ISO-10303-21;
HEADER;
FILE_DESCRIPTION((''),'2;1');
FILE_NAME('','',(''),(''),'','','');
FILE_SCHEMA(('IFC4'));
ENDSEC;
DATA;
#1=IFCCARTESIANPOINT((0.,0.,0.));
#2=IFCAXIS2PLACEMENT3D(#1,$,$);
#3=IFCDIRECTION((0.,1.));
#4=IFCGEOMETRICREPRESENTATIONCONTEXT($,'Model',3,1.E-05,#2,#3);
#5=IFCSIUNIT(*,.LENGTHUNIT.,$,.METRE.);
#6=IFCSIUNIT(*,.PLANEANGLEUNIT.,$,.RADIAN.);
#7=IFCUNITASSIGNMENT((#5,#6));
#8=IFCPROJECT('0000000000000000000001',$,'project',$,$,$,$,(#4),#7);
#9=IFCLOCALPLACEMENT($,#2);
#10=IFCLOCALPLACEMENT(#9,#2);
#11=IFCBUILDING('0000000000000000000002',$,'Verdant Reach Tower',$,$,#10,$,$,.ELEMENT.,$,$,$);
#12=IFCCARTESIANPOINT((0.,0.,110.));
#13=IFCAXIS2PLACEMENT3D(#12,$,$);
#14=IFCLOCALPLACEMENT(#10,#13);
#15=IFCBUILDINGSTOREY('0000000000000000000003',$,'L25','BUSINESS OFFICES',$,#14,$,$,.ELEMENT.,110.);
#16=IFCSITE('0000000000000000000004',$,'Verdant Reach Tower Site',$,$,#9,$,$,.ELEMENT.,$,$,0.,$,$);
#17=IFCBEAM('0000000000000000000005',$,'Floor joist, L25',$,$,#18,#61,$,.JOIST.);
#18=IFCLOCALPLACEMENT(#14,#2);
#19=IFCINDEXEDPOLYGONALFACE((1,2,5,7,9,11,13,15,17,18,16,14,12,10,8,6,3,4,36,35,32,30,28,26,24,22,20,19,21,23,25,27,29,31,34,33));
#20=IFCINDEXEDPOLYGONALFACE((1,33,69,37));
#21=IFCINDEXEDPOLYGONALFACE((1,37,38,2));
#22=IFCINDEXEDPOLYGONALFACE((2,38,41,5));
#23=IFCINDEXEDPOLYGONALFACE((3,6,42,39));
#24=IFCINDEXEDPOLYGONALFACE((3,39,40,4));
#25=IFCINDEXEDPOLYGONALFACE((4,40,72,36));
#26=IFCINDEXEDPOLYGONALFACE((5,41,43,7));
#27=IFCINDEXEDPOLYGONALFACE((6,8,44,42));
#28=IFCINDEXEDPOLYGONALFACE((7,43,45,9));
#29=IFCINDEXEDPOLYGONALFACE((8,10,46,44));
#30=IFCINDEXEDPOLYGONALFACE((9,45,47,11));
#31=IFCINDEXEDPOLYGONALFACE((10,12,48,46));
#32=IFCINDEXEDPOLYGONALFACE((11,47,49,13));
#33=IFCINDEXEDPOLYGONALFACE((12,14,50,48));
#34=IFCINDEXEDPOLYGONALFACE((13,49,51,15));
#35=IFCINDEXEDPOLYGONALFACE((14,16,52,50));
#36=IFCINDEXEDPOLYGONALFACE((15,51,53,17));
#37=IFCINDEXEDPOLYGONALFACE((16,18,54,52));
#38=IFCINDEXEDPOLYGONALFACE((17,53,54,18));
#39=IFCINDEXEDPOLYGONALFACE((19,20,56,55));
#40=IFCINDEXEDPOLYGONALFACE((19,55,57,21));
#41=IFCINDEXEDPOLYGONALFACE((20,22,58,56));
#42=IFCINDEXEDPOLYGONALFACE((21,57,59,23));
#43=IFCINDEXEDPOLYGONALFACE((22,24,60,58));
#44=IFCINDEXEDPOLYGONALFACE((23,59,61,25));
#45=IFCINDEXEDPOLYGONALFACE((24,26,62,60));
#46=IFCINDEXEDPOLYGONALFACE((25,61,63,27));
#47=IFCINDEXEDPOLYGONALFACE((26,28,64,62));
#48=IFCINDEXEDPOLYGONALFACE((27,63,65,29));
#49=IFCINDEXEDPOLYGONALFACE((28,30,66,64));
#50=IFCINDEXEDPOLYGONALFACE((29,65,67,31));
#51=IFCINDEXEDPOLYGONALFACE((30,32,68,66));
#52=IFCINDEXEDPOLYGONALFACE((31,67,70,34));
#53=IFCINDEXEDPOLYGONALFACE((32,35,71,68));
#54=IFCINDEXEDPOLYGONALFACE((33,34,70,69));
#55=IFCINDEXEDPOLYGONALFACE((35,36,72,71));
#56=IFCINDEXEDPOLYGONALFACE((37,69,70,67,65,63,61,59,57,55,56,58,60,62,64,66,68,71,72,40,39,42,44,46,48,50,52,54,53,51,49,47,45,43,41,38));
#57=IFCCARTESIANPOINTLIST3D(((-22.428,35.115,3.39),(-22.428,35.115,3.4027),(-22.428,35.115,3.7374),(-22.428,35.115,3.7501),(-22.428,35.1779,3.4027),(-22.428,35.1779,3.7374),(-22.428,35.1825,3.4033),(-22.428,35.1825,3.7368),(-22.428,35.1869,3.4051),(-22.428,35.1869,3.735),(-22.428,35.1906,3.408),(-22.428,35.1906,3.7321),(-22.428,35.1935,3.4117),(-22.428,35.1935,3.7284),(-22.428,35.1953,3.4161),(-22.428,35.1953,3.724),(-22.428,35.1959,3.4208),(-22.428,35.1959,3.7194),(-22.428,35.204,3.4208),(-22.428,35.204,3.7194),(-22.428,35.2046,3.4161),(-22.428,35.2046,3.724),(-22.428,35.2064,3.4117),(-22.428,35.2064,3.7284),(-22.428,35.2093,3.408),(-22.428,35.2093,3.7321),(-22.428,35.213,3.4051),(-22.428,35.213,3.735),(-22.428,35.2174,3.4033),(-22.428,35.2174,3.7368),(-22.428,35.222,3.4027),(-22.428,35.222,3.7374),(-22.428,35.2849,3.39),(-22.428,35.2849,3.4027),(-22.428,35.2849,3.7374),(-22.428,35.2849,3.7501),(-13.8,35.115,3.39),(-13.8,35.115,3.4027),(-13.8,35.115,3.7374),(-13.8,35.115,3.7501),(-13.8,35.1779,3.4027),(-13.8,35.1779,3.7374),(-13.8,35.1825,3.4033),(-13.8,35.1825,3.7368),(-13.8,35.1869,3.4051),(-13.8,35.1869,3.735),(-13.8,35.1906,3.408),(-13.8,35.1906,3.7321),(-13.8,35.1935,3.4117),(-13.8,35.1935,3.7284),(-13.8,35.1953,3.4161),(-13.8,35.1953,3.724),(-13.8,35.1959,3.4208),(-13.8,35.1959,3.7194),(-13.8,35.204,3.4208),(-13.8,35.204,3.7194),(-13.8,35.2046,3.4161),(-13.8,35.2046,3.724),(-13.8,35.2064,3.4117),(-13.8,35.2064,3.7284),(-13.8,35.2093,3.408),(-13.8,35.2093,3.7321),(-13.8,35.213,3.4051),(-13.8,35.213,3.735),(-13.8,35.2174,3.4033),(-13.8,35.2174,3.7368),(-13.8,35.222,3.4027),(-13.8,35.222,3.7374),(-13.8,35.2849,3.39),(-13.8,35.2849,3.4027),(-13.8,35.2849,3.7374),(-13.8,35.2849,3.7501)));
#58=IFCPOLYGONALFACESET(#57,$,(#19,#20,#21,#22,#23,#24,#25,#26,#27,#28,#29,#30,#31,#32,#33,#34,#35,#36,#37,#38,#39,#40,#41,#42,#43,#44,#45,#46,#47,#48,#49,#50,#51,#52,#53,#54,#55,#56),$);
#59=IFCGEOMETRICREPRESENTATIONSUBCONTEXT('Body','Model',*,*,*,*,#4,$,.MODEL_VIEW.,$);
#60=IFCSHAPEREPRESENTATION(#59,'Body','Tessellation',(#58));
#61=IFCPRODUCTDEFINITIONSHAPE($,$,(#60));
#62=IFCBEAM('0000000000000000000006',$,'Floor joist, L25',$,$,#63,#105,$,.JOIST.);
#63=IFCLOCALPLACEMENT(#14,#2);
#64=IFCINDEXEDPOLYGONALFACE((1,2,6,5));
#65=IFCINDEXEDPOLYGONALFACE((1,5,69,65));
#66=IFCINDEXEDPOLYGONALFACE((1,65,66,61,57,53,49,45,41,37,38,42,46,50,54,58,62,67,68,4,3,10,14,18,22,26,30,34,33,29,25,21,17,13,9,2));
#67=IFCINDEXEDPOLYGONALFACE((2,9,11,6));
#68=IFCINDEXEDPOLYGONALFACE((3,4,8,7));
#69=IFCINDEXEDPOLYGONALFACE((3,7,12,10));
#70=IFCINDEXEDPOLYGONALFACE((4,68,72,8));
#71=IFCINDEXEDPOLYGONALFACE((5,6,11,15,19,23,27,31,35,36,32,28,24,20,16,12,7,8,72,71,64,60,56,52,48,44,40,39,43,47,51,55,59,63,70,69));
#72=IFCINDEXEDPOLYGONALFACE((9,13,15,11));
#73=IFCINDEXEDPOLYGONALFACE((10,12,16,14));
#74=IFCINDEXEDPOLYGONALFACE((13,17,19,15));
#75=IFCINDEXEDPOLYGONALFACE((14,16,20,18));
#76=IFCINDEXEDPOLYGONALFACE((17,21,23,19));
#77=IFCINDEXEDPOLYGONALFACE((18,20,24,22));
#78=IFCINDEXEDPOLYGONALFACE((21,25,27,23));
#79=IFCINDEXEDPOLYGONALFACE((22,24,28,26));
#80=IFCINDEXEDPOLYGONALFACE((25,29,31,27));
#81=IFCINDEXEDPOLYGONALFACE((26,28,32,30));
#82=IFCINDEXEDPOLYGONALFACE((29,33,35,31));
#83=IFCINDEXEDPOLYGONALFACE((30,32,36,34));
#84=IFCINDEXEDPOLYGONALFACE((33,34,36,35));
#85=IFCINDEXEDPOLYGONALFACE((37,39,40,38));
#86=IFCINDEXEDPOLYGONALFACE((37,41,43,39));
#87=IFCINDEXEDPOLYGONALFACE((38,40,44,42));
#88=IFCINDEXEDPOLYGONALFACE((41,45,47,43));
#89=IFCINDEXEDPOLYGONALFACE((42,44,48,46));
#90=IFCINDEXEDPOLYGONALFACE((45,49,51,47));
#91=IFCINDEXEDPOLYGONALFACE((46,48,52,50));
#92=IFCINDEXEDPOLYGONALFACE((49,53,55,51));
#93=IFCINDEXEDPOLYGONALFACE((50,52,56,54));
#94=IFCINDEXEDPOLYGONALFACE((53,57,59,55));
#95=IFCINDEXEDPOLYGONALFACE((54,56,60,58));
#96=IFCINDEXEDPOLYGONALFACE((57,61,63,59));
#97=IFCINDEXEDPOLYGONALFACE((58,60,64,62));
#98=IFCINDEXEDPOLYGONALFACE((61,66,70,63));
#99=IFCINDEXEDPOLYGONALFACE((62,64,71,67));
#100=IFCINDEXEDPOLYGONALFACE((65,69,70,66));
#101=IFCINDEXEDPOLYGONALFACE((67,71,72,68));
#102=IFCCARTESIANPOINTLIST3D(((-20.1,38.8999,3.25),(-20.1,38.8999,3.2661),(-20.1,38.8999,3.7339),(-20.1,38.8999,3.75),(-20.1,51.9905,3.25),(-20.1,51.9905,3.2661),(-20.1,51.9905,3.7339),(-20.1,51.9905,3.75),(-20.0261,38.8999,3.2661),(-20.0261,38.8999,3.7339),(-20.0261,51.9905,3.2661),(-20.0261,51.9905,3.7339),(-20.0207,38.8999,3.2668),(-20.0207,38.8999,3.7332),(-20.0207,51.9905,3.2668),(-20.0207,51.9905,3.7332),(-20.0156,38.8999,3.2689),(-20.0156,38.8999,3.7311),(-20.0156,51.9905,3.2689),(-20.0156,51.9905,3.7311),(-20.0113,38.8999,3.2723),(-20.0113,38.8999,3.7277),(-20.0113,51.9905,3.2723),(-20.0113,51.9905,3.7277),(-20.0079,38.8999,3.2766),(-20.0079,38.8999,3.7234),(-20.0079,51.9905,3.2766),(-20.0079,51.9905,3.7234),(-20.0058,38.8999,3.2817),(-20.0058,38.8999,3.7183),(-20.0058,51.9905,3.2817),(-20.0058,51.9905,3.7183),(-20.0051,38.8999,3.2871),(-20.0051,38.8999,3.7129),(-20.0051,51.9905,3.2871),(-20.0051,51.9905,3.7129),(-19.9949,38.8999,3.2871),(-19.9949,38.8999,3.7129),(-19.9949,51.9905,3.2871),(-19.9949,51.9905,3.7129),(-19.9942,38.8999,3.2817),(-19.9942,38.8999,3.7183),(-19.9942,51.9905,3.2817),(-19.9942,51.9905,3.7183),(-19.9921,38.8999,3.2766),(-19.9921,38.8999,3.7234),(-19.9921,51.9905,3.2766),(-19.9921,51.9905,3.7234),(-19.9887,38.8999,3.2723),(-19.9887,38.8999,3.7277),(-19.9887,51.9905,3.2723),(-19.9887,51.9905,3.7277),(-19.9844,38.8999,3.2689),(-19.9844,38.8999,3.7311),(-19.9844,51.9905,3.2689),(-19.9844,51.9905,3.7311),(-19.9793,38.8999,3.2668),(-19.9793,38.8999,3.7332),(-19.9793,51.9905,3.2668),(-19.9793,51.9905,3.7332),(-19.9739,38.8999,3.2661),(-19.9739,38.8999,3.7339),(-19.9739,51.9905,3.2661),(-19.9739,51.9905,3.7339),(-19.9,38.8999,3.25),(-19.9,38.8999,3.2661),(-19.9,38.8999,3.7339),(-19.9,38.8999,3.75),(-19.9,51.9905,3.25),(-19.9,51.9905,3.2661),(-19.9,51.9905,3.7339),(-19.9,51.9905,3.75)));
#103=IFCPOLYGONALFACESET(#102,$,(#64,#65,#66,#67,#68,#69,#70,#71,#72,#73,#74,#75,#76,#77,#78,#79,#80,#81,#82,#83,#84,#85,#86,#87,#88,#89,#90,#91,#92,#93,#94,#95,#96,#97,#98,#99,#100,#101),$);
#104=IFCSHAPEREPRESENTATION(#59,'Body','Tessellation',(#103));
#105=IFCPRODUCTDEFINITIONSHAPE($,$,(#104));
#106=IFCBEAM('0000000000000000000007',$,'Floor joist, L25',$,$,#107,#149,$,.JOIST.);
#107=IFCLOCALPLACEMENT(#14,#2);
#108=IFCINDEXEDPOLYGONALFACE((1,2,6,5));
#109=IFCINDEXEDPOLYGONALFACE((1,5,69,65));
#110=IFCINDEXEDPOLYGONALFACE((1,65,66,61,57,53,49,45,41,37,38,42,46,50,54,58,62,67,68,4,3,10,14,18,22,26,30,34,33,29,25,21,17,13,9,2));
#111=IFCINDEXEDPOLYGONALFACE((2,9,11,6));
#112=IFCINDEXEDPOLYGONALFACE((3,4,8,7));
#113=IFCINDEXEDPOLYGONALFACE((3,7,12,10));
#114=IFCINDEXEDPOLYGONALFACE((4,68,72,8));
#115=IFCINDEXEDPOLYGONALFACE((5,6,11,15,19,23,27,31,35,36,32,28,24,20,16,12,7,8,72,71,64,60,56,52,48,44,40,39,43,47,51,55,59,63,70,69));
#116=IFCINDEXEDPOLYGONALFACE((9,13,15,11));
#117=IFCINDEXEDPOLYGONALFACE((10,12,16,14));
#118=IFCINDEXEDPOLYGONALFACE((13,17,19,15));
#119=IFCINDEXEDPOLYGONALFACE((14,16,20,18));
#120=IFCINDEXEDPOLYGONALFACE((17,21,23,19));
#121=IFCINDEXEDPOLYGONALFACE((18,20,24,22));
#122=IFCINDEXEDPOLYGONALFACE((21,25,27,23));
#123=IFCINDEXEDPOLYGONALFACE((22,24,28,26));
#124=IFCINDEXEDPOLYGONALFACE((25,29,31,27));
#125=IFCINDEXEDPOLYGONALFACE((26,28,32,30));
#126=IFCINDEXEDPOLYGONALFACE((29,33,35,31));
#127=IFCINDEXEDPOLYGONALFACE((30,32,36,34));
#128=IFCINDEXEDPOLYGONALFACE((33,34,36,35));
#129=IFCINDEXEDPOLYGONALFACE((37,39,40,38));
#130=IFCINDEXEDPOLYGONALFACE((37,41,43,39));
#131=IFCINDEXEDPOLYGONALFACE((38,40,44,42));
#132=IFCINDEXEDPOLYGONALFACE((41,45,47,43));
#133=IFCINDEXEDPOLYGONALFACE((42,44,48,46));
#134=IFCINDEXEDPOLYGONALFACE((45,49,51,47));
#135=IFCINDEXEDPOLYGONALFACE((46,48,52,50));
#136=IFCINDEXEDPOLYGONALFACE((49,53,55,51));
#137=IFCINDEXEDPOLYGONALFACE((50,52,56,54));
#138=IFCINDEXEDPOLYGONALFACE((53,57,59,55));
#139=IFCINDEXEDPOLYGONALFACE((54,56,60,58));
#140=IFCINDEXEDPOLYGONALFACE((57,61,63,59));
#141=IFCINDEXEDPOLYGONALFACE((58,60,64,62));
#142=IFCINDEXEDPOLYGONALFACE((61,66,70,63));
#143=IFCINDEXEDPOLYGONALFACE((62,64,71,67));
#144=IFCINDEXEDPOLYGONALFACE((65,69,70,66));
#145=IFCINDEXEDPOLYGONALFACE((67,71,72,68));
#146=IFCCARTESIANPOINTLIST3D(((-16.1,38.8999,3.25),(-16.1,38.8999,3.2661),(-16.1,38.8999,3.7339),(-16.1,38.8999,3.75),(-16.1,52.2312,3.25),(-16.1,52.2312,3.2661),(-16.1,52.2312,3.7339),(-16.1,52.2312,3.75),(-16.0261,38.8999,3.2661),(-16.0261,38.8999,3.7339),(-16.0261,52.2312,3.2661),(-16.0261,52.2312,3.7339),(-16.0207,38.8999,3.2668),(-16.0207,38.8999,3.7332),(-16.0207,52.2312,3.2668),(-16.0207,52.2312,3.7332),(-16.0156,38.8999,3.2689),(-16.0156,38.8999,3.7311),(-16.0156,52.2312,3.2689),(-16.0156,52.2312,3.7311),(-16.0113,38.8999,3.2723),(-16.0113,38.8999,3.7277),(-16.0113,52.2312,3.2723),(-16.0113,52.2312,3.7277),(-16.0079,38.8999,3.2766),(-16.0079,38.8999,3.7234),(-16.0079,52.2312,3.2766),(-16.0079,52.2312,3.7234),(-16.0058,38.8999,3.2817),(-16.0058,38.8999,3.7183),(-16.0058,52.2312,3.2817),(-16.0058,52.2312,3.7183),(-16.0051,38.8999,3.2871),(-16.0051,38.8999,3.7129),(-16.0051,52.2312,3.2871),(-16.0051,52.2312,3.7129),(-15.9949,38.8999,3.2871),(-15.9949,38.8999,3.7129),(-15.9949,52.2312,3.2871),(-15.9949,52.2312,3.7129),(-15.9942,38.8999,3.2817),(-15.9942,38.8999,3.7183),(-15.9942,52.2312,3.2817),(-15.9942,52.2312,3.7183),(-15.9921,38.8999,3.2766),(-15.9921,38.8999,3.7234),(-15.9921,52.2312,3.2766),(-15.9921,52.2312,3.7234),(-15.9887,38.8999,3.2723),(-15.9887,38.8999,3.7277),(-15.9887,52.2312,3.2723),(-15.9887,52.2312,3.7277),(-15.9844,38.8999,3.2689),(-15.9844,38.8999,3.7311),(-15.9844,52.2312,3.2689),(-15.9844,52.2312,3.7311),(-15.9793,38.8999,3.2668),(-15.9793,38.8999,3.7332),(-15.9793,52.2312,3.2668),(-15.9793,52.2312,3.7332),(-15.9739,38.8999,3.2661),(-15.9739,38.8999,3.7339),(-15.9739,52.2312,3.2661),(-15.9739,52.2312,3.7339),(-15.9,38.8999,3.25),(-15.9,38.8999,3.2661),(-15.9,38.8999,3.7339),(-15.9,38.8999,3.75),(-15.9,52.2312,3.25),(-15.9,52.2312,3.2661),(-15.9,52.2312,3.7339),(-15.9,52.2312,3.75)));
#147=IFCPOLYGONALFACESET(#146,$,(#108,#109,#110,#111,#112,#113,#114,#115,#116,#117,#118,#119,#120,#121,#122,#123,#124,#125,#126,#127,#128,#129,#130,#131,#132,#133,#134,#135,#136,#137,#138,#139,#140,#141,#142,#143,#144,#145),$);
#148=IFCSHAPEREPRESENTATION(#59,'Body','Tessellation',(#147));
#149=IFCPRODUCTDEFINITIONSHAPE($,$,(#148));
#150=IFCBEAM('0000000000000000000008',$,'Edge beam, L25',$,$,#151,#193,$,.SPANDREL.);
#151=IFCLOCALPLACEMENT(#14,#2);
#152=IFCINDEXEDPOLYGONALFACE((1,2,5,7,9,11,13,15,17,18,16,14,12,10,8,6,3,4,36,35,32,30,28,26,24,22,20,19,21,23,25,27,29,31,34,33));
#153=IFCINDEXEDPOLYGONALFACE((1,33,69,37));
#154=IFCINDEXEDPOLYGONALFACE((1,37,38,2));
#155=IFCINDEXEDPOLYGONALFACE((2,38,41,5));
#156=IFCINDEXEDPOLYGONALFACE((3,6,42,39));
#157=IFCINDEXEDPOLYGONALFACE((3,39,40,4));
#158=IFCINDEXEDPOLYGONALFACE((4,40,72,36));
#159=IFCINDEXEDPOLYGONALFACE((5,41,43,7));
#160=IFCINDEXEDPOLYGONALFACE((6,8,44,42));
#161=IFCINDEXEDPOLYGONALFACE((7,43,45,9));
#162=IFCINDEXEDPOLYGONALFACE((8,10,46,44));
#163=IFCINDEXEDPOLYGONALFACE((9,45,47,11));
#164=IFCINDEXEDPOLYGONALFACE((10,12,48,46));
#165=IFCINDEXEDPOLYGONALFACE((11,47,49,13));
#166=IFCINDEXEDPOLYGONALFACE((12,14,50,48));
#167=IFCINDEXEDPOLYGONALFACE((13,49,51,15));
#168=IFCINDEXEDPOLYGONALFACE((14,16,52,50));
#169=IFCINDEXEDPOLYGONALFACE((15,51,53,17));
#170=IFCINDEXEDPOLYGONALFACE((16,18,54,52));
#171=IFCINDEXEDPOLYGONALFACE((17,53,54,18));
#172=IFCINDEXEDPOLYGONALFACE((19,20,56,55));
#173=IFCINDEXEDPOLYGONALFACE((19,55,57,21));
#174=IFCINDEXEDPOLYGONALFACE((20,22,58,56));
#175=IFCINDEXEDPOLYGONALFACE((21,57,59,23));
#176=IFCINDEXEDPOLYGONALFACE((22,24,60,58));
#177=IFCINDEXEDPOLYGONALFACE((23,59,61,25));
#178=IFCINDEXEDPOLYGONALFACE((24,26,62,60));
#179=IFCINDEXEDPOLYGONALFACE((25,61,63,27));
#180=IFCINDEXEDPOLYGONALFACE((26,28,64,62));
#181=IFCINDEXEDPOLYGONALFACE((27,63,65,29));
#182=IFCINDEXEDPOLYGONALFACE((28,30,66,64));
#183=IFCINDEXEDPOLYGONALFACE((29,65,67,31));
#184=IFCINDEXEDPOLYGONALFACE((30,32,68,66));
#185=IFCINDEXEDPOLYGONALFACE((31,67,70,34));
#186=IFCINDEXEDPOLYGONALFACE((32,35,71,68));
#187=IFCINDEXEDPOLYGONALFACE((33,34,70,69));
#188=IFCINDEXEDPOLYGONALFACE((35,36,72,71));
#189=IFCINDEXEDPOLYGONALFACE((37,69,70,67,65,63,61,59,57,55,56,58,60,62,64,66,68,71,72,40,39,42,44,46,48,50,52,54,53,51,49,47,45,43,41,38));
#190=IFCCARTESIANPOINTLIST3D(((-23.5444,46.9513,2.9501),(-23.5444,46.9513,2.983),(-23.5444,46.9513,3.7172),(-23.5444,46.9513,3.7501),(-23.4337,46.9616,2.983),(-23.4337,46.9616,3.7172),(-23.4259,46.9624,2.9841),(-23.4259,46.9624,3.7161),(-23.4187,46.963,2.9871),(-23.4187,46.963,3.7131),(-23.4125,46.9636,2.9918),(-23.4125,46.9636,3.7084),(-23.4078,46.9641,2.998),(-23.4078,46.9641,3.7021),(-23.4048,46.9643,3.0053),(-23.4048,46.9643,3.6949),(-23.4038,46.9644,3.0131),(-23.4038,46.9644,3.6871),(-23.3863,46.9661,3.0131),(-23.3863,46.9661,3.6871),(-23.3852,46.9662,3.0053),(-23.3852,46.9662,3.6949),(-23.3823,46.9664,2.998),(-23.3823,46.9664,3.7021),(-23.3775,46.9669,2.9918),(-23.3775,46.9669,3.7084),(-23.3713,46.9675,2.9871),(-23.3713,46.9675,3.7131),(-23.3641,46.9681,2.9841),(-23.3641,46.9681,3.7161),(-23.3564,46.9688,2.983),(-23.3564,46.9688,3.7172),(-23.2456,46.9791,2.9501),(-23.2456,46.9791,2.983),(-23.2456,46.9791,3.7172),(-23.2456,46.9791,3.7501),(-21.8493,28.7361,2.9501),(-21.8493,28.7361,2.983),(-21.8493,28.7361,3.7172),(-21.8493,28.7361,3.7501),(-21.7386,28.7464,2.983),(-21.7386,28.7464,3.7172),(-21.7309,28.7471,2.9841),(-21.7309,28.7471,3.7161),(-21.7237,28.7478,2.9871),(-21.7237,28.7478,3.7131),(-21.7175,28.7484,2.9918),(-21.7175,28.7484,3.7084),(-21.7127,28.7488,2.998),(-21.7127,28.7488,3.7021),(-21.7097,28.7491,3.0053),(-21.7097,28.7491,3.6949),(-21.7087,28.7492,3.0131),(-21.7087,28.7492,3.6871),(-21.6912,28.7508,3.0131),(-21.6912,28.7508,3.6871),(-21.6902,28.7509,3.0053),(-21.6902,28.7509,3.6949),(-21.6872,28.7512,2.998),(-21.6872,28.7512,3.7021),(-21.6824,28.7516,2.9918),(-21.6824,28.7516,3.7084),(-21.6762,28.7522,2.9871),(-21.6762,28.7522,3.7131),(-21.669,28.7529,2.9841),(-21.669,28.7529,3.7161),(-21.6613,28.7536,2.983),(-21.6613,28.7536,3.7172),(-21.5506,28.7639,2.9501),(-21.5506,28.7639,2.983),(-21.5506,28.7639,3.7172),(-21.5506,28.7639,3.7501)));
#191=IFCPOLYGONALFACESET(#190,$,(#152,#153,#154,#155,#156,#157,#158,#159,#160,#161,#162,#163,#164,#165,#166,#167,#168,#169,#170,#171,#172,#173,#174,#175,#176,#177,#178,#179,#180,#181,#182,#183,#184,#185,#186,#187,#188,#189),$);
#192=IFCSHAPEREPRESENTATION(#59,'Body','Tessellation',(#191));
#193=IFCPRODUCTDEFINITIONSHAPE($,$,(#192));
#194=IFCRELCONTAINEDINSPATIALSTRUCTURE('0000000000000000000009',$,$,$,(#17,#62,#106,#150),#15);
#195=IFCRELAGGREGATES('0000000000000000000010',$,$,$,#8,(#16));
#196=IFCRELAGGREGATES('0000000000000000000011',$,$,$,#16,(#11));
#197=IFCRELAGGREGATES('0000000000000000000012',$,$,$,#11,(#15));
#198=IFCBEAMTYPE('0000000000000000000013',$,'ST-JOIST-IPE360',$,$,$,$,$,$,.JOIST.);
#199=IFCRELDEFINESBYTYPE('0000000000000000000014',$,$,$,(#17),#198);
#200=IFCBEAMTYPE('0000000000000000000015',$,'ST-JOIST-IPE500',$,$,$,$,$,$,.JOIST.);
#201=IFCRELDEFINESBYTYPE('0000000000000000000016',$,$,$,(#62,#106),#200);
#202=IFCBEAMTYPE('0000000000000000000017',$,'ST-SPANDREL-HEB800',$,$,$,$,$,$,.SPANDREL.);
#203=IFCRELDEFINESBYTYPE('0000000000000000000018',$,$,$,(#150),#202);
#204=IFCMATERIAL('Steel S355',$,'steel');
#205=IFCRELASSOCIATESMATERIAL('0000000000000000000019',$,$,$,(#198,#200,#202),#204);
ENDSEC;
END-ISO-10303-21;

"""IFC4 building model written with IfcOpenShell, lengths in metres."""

from ifc_helpers import new_model, si_unit, direction, frame, origin, origin_2d, place, context, subcontext, project, spatial, i_section, extrude, material, material_profile, profile_set, type_object, element, save


model = new_model("IFC4")

# Units and contexts
model_context = context("Model", 3, precision=1e-05, world=origin(), true_north=direction((0.0, 1.0)))
body_context = subcontext(model_context, "Body", "Model", "MODEL_VIEW")
ifc_project = project(units=[si_unit("LENGTHUNIT", "METRE"), si_unit("PLANEANGLEUNIT", "RADIAN")], contexts=[model_context])

# Site, building, storey
site_placement = place(None, origin())
site = spatial("IfcSite", under=ifc_project, at=site_placement, Name="Verdant Reach Tower Site", CompositionType="ELEMENT", RefElevation=0.0)
building_placement = place(site_placement, origin())
building = spatial("IfcBuilding", under=site, at=building_placement, Name="Verdant Reach Tower", CompositionType="ELEMENT")
storey_placement = place(building_placement, frame((0.0, 0.0, 110.0)))
storey = spatial("IfcBuildingStorey", under=building, at=storey_placement, Name="L25", Description="BUSINESS OFFICES", CompositionType="ELEMENT", Elevation=110.0)

# Beams
ifc_material_1 = material(Name="Steel S355", Category="steel")
ifc_material_profile_1 = material_profile(ifc_material_1, i_section(OverallWidth=0.1699, OverallDepth=0.3601, WebThickness=0.0081, FlangeThickness=0.0127, FilletRadius=0.0181, at=origin_2d()), Name="IPE 360")
ifc_profile_set_1 = profile_set([ifc_material_profile_1], Name="Steel S355")
beam_type_1 = type_object("IfcBeamType", Name="ST-JOIST-IPE360", PredefinedType="JOIST", material=ifc_profile_set_1)
beam_1_placement = place(storey_placement, frame((-13.8, 35.2, 3.5701), z_axis=(-1.0, 0.0, 0.0), x_axis=(0.0, -1.0, 0.0)))
element("IfcBeam", 1, at=beam_1_placement, inside=storey, type_object=beam_type_1, Name="Floor joist, L25", PredefinedType="JOIST", context=body_context, shape_type="SweptSolid", body=[
    extrude(i_section(OverallWidth=0.1699, OverallDepth=0.3601, WebThickness=0.0081, FlangeThickness=0.0127, FilletRadius=0.0181, at=origin_2d()), origin(), (0.0, 0.0, 1.0), 8.6279),
])
ifc_material_profile_2 = material_profile(ifc_material_1, i_section(OverallWidth=0.2, OverallDepth=0.5, WebThickness=0.0103, FlangeThickness=0.0161, FilletRadius=0.021, at=origin_2d()), Name="IPE 500")
ifc_profile_set_2 = profile_set([ifc_material_profile_2], Name="Steel S355")
beam_type_2 = type_object("IfcBeamType", Name="ST-JOIST-IPE500", PredefinedType="JOIST", material=ifc_profile_set_2)
beam_2_placement = place(storey_placement, frame((-20.0, 38.8999, 3.5), z_axis=(0.0, 1.0, 0.0), x_axis=(-1.0, 0.0, 0.0)))
element("IfcBeam", 2, at=beam_2_placement, inside=storey, type_object=beam_type_2, Name="Floor joist, L25", PredefinedType="JOIST", context=body_context, shape_type="SweptSolid", body=[
    extrude(i_section(OverallWidth=0.2, OverallDepth=0.5, WebThickness=0.0103, FlangeThickness=0.0161, FilletRadius=0.021, at=origin_2d()), origin(), (0.0, 0.0, 1.0), 13.0906),
])
beam_3_placement = place(storey_placement, frame((-16.0, 38.8999, 3.5), z_axis=(0.0, 1.0, 0.0), x_axis=(-1.0, 0.0, 0.0)))
element("IfcBeam", 3, at=beam_3_placement, inside=storey, type_object=beam_type_2, Name="Floor joist, L25", PredefinedType="JOIST", context=body_context, shape_type="SweptSolid", body=[
    extrude(i_section(OverallWidth=0.2, OverallDepth=0.5, WebThickness=0.0103, FlangeThickness=0.0161, FilletRadius=0.021, at=origin_2d()), origin(), (0.0, 0.0, 1.0), 13.3313),
])
ifc_material_profile_3 = material_profile(ifc_material_1, i_section(OverallWidth=0.3, OverallDepth=0.8, WebThickness=0.0176, FlangeThickness=0.033, FilletRadius=0.03, at=origin_2d()), Name="HEB 800")
ifc_profile_set_3 = profile_set([ifc_material_profile_3], Name="Steel S355")
beam_type_3 = type_object("IfcBeamType", Name="ST-SPANDREL-HEB800", PredefinedType="SPANDREL", material=ifc_profile_set_3)
beam_4_placement = place(storey_placement, frame((-21.7, 28.75, 3.3501), z_axis=(-0.092657, 0.995698, 0.0), x_axis=(-0.995698, -0.092657, 0.0)))
element("IfcBeam", 4, at=beam_4_placement, inside=storey, type_object=beam_type_3, Name="Edge beam, L25", PredefinedType="SPANDREL", context=body_context, shape_type="SweptSolid", body=[
    extrude(i_section(OverallWidth=0.3, OverallDepth=0.8, WebThickness=0.0176, FlangeThickness=0.033, FilletRadius=0.03, at=origin_2d()), origin(), (0.0, 0.0, 1.0), 18.2939),
])

save(model, "model.ifc")
